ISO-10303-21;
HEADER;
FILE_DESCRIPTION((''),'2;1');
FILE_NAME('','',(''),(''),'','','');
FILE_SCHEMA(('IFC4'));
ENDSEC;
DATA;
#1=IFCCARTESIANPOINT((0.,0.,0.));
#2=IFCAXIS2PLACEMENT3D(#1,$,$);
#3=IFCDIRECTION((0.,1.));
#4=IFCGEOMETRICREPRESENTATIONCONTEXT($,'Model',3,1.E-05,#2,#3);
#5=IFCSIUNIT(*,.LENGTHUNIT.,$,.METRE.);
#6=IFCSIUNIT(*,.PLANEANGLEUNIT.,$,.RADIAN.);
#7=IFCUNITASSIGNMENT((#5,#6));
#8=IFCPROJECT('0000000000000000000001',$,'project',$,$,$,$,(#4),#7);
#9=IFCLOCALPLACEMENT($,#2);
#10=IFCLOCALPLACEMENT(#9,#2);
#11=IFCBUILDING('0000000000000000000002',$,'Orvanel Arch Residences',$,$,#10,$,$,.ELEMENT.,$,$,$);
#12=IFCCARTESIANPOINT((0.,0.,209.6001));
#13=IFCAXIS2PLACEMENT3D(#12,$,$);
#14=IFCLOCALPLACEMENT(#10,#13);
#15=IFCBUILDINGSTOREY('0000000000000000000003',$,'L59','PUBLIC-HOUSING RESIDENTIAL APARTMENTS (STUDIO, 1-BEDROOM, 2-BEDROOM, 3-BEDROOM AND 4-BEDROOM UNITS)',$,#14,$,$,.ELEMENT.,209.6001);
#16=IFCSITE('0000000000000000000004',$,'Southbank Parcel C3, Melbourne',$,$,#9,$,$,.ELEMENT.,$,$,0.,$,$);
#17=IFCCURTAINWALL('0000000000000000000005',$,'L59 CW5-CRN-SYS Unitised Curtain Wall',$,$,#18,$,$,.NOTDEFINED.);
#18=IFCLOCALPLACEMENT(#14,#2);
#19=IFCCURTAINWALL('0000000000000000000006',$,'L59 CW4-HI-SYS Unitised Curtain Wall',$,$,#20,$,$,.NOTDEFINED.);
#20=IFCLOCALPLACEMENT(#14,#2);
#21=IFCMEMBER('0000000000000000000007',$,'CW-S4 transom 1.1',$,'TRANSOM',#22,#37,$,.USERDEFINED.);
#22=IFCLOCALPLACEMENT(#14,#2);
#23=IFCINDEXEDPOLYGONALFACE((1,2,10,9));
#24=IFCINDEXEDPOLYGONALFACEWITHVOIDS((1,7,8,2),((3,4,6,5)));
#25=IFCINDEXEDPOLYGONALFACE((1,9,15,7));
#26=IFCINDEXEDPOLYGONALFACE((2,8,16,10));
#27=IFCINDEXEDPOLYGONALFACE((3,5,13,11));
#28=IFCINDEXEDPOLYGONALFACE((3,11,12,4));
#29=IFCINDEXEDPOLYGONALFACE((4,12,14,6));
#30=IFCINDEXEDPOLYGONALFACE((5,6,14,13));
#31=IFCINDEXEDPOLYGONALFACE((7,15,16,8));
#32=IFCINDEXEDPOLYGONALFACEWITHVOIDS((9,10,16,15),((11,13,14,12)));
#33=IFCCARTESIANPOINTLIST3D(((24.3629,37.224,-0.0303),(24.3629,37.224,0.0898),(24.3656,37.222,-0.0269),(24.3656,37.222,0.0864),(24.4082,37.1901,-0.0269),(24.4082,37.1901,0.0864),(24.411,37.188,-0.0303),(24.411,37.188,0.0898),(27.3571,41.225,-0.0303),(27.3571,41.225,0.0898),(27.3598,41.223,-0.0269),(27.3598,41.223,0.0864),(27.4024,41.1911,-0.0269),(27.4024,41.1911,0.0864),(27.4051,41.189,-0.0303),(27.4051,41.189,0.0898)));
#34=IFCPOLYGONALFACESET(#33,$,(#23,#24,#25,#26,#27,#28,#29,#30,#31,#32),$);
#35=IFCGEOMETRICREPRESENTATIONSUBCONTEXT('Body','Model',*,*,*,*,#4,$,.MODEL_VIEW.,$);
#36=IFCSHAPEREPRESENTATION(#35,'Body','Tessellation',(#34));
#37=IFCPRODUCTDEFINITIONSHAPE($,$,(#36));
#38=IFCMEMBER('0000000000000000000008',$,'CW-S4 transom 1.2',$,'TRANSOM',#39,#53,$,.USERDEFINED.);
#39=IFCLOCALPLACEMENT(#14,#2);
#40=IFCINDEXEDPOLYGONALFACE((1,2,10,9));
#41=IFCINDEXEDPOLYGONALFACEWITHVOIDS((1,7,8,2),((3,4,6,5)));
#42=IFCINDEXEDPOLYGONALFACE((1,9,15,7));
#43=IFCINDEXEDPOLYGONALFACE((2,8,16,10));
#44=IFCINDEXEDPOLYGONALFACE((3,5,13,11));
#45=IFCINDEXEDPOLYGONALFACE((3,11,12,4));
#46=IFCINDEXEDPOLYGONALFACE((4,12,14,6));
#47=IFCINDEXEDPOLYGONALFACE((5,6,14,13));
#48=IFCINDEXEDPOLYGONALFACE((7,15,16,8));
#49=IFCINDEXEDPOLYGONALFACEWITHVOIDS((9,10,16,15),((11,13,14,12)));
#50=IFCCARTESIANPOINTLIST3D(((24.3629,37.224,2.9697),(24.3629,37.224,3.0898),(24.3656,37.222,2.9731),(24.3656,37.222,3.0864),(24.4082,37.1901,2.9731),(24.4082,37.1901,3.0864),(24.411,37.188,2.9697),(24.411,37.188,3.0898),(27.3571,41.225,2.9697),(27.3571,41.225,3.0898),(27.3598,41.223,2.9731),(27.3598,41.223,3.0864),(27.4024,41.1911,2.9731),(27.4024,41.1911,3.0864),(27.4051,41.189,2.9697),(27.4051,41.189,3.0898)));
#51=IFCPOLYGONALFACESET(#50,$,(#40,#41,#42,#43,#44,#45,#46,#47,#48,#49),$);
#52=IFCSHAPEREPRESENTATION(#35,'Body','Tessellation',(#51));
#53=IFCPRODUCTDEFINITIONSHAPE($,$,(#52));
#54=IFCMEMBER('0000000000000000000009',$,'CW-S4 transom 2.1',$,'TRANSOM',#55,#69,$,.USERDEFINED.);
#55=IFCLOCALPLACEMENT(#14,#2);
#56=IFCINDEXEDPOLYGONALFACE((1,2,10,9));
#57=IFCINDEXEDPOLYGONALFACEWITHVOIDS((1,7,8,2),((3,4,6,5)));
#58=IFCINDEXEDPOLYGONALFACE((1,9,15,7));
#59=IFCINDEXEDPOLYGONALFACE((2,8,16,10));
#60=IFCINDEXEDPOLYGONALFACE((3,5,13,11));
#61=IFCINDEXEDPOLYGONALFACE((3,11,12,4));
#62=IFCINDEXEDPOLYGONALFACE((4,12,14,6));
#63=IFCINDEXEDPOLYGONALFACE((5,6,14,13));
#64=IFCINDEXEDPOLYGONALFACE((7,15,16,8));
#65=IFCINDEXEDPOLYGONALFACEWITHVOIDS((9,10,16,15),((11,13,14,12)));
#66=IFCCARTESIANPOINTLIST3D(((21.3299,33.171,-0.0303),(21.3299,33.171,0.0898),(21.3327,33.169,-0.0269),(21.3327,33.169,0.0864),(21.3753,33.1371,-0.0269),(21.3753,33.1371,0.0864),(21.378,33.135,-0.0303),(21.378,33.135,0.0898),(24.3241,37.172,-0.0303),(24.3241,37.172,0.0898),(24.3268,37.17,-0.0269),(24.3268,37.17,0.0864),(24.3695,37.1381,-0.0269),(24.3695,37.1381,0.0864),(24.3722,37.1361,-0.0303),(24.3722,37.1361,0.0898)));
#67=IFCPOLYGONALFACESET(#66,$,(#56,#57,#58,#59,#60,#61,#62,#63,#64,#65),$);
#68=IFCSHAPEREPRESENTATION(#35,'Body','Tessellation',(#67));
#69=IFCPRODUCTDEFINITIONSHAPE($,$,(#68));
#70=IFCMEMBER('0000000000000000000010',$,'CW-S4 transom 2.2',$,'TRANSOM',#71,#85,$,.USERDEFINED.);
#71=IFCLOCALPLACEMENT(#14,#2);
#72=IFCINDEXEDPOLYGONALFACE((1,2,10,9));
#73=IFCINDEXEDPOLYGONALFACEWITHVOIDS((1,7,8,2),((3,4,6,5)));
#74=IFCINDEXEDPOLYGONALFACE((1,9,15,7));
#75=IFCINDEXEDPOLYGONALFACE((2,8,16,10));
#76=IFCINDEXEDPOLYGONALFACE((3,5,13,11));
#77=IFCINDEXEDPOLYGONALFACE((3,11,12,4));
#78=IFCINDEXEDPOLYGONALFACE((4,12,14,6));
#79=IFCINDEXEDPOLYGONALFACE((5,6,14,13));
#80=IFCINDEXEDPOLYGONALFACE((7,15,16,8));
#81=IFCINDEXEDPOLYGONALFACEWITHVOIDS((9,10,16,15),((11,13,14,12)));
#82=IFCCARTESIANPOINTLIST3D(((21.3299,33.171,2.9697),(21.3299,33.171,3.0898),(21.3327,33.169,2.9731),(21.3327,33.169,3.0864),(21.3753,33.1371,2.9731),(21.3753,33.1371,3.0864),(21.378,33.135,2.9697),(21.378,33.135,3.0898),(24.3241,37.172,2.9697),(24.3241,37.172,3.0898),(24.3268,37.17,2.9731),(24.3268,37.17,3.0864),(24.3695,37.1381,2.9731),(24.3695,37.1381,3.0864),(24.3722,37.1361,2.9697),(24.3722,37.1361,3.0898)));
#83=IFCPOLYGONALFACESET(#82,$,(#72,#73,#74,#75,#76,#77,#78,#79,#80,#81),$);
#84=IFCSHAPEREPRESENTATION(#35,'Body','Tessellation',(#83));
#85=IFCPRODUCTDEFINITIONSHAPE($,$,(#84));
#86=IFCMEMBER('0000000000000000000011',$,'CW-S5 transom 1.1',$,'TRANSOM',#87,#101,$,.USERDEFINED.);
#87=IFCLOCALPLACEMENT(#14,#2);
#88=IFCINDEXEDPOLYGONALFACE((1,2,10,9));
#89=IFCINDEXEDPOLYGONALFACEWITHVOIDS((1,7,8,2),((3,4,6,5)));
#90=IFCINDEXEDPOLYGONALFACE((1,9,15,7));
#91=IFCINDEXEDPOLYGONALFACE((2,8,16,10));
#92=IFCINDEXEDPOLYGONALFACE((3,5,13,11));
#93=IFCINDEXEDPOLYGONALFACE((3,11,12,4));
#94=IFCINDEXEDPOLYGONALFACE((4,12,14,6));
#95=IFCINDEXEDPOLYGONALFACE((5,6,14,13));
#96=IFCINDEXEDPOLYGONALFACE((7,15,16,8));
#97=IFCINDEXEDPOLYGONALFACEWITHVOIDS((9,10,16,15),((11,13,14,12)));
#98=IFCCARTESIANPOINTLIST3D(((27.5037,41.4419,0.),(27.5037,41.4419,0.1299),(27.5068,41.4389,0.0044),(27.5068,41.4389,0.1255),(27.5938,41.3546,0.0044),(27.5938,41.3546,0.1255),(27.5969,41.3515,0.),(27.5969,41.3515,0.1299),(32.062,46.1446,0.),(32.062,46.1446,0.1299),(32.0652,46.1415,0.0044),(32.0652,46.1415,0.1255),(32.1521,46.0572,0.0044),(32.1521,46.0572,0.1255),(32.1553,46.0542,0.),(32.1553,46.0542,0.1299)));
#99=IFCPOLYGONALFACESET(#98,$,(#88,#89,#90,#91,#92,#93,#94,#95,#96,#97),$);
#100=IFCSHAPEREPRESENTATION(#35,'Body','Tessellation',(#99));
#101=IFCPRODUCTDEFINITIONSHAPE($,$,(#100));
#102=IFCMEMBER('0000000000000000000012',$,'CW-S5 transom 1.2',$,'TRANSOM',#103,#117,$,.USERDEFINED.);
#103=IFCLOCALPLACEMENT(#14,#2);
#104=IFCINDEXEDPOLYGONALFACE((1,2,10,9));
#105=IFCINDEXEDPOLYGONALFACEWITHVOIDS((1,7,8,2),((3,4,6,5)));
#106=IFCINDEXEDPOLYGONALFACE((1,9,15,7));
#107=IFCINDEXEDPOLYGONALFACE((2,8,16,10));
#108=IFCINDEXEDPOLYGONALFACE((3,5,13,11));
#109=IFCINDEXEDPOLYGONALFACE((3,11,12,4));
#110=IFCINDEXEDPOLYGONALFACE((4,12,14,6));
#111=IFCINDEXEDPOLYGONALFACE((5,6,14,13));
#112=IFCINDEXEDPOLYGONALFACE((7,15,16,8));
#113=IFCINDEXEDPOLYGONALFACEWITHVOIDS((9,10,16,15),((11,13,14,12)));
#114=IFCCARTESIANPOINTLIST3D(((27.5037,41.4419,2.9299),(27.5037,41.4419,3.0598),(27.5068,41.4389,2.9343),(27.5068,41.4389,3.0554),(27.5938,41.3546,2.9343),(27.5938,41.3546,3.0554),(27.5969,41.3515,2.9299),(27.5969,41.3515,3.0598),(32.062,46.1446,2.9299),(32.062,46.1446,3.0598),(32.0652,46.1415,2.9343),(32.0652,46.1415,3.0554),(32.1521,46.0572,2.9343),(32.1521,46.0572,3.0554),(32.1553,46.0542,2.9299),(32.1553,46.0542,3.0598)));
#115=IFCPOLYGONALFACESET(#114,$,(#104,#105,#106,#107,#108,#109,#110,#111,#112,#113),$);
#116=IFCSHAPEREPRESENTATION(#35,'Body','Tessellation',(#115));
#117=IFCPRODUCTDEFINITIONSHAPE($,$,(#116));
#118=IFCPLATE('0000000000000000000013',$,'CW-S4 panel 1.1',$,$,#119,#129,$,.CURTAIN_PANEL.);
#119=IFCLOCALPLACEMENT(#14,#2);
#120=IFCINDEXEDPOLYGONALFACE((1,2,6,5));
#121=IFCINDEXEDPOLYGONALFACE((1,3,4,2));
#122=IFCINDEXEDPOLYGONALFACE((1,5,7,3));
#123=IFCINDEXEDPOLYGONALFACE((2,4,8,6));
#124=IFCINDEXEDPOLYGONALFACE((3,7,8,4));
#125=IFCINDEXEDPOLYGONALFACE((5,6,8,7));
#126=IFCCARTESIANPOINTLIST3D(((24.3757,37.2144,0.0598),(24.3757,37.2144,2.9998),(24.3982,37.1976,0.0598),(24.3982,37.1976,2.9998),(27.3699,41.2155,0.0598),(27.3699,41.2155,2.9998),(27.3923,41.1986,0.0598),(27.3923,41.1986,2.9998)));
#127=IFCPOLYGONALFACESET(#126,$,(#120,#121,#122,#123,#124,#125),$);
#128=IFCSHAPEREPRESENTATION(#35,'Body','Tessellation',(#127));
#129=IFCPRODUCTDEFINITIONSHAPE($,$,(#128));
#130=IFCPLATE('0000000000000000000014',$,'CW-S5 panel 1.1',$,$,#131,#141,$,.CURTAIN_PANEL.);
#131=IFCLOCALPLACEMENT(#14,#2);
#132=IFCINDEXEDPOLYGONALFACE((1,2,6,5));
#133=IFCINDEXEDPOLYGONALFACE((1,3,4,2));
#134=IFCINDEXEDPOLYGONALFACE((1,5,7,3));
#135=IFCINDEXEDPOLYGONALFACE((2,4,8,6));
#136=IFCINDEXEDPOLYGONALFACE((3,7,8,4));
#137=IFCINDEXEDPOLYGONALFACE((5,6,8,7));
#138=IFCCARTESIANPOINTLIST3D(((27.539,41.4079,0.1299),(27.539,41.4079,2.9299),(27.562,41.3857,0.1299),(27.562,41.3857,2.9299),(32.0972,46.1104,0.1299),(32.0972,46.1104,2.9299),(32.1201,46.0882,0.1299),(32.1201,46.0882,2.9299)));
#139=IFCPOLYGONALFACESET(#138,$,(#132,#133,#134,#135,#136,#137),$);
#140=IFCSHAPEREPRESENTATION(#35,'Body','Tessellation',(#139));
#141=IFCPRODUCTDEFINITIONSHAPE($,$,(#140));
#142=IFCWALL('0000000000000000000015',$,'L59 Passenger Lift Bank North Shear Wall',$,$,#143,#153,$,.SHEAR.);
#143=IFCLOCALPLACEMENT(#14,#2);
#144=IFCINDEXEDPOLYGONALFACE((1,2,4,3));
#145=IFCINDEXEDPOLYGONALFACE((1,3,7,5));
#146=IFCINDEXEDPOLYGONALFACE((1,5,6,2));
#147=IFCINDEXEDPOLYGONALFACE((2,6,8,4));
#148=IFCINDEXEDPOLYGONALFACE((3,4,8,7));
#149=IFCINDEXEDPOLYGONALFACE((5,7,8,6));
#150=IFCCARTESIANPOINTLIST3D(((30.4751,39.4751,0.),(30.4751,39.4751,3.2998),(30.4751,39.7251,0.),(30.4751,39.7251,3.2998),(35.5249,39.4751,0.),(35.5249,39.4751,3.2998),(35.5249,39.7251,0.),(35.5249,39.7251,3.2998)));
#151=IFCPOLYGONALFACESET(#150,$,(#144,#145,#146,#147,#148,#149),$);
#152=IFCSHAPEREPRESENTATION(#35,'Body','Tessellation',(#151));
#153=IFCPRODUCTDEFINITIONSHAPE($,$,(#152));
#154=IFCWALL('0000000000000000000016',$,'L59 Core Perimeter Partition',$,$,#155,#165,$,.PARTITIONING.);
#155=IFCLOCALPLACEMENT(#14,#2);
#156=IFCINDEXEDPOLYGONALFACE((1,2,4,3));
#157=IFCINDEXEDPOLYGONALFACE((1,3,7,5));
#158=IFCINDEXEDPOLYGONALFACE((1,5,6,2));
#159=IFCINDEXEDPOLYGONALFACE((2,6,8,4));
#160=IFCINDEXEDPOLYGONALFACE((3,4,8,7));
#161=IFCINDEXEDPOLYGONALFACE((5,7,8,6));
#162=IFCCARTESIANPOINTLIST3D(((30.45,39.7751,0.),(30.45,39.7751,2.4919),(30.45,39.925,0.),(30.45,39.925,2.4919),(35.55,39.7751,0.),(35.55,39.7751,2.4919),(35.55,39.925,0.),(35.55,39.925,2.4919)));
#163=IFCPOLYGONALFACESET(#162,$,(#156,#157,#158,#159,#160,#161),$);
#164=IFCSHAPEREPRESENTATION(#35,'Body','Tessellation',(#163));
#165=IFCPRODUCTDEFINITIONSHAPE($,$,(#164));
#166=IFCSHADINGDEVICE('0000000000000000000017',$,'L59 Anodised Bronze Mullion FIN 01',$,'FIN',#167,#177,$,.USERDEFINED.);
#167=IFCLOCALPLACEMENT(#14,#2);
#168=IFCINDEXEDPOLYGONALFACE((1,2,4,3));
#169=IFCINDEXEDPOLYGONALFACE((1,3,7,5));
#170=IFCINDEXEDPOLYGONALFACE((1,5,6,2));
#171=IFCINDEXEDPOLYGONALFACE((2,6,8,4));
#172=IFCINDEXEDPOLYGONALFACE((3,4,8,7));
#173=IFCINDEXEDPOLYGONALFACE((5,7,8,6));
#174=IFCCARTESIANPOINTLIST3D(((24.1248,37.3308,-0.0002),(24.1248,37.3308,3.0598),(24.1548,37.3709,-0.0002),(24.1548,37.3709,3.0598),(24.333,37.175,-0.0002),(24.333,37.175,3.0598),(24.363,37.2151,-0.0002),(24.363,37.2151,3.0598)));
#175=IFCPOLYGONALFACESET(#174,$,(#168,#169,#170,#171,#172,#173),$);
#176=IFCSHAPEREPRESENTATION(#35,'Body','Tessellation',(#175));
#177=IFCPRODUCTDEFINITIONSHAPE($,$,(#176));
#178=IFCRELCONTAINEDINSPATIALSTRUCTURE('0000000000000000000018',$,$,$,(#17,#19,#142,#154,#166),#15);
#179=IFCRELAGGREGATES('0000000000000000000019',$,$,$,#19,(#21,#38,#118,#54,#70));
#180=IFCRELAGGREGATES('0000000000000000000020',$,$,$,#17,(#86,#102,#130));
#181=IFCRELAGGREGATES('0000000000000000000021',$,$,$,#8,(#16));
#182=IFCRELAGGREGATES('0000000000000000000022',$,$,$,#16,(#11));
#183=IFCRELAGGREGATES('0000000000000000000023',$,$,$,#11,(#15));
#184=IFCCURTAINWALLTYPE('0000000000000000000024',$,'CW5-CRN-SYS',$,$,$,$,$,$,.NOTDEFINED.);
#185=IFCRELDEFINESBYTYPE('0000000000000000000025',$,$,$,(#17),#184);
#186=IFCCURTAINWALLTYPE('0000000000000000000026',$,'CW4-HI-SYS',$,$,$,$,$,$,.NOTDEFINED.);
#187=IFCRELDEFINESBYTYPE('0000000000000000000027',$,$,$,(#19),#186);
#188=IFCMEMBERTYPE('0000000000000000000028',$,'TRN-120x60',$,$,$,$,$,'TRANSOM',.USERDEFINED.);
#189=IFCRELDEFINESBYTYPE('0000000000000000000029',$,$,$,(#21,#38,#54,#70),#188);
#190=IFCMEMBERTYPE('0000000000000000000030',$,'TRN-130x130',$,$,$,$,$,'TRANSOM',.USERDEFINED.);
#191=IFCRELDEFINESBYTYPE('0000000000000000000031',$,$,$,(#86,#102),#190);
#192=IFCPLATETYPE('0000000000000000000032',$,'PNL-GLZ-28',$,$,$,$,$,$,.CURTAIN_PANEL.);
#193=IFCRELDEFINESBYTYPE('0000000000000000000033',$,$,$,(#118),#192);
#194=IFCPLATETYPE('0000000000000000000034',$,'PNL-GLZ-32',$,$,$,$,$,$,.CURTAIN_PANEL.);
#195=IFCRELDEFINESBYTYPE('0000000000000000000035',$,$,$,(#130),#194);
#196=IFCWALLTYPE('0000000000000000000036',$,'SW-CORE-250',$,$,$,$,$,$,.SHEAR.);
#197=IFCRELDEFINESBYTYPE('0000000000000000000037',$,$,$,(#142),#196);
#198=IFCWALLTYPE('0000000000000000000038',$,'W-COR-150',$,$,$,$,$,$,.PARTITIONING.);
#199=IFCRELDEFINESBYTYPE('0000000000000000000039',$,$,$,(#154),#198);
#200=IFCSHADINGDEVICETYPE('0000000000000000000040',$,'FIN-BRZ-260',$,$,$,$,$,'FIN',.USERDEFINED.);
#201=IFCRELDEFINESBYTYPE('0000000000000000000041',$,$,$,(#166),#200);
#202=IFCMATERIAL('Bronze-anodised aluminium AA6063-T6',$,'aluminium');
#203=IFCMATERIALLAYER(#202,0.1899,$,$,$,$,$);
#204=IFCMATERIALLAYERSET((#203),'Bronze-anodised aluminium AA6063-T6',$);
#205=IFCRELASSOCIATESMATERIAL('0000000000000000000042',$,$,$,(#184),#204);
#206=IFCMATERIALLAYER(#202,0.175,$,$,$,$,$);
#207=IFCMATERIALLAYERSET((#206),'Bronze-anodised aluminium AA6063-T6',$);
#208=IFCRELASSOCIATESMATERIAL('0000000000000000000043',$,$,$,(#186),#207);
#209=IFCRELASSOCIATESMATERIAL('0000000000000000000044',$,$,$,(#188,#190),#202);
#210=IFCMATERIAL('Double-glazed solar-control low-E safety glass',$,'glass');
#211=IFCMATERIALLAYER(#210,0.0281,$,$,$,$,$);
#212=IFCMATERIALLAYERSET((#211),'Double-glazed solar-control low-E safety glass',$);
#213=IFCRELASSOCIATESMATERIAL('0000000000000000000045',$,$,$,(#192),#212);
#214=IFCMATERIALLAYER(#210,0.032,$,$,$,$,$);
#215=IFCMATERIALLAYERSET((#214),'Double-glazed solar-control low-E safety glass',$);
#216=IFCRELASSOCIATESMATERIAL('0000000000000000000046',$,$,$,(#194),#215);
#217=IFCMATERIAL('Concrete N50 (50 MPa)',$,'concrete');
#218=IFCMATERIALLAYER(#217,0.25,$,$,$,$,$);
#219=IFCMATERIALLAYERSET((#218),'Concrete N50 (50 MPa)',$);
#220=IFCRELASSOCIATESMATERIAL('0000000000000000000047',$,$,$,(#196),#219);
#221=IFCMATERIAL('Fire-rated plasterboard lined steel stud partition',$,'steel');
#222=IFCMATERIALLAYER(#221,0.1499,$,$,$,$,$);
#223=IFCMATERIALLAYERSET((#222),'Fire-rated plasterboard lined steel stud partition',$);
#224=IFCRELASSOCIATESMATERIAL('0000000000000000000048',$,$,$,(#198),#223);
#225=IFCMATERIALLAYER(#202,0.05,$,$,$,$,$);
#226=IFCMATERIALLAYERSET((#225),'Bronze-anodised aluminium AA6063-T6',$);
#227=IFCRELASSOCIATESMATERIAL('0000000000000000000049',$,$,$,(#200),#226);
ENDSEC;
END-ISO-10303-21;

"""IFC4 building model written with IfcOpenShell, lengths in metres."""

from ifc_helpers import new_model, si_unit, direction, frame, frame_2d, origin, origin_2d, place, context, subcontext, project, spatial, rectangle, hollow_rectangle, extrude, material, layer, layer_set, material_profile, profile_set, type_object, element, aggregate, save


model = new_model("IFC4")

# Units and contexts
model_context = context("Model", 3, precision=1e-05, world=origin(), true_north=direction((0.0, 1.0)))
body_context = subcontext(model_context, "Body", "Model", "MODEL_VIEW")
ifc_project = project(units=[si_unit("LENGTHUNIT", "METRE"), si_unit("PLANEANGLEUNIT", "RADIAN")], contexts=[model_context])

# Site, building, storey
site_placement = place(None, origin())
site = spatial("IfcSite", under=ifc_project, at=site_placement, Name="Southbank Parcel C3, Melbourne", CompositionType="ELEMENT", RefElevation=0.0)
building_placement = place(site_placement, origin())
building = spatial("IfcBuilding", under=site, at=building_placement, Name="Orvanel Arch Residences", CompositionType="ELEMENT")
storey_placement = place(building_placement, frame((0.0, 0.0, 209.6001)))
storey = spatial("IfcBuildingStorey", under=building, at=storey_placement, Name="L59", Description="PUBLIC-HOUSING RESIDENTIAL APARTMENTS (STUDIO, 1-BEDROOM, 2-BEDROOM, 3-BEDROOM AND 4-BEDROOM UNITS)", CompositionType="ELEMENT", Elevation=209.6001)

# Shared definitions
ifc_material_1 = material(Name="Bronze-anodised aluminium AA6063-T6", Category="aluminium")
ifc_layer_1 = layer(ifc_material_1, 0.1899)
ifc_layer_set_1 = layer_set([ifc_layer_1], Name="Bronze-anodised aluminium AA6063-T6")
curtain_wall_type_1 = type_object("IfcCurtainWallType", Name="CW5-CRN-SYS", PredefinedType="NOTDEFINED", material=ifc_layer_set_1)

# Curtain walls
curtain_wall_1_placement = place(storey_placement, origin())
curtain_wall_1 = element("IfcCurtainWall", 1, at=curtain_wall_1_placement, inside=storey, type_object=curtain_wall_type_1, Name="L59 CW5-CRN-SYS Unitised Curtain Wall", PredefinedType="NOTDEFINED")
ifc_layer_2 = layer(ifc_material_1, 0.175)
ifc_layer_set_2 = layer_set([ifc_layer_2], Name="Bronze-anodised aluminium AA6063-T6")
curtain_wall_type_2 = type_object("IfcCurtainWallType", Name="CW4-HI-SYS", PredefinedType="NOTDEFINED", material=ifc_layer_set_2)
curtain_wall_2_placement = place(storey_placement, origin())
curtain_wall_2 = element("IfcCurtainWall", 2, at=curtain_wall_2_placement, inside=storey, type_object=curtain_wall_type_2, Name="L59 CW4-HI-SYS Unitised Curtain Wall", PredefinedType="NOTDEFINED")

# Members
ifc_material_profile_1 = material_profile(ifc_material_1, hollow_rectangle(XDim=0.0601, YDim=0.1201, WallThickness=0.0034, at=origin_2d()), Name="ALU120x60x3.5")
ifc_profile_set_1 = profile_set([ifc_material_profile_1], Name="Bronze-anodised aluminium AA6063-T6")
member_type_1 = type_object("IfcMemberType", Name="TRN-120x60", ElementType="TRANSOM", PredefinedType="USERDEFINED", material=ifc_profile_set_1)
member_1_placement = place(storey_placement, frame((27.3811, 41.207, 0.0298), z_axis=(-0.599155, -0.800633, 0.0), x_axis=(0.800633, -0.599155, 0.0)))
member_1 = element("IfcMember", 3, at=member_1_placement, type_object=member_type_1, Name="CW-S4 transom 1.1", ObjectType="TRANSOM", PredefinedType="USERDEFINED", context=body_context, shape_type="SweptSolid", body=[
    extrude(hollow_rectangle(XDim=0.0601, YDim=0.1201, WallThickness=0.0034, at=origin_2d()), origin(), (0.0, 0.0, 1.0), 4.9973),
])
member_2_placement = place(storey_placement, frame((27.3811, 41.207, 3.0298), z_axis=(-0.599155, -0.800633, 0.0), x_axis=(0.800633, -0.599155, 0.0)))
member_2 = element("IfcMember", 4, at=member_2_placement, type_object=member_type_1, Name="CW-S4 transom 1.2", ObjectType="TRANSOM", PredefinedType="USERDEFINED", context=body_context, shape_type="SweptSolid", body=[
    extrude(hollow_rectangle(XDim=0.0601, YDim=0.1201, WallThickness=0.0034, at=origin_2d()), origin(), (0.0, 0.0, 1.0), 4.9973),
])
member_3_placement = place(storey_placement, frame((24.3481, 37.1541, 0.0298), z_axis=(-0.599155, -0.800633, 0.0), x_axis=(0.800633, -0.599155, 0.0)))
member_3 = element("IfcMember", 5, at=member_3_placement, type_object=member_type_1, Name="CW-S4 transom 2.1", ObjectType="TRANSOM", PredefinedType="USERDEFINED", context=body_context, shape_type="SweptSolid", body=[
    extrude(hollow_rectangle(XDim=0.0601, YDim=0.1201, WallThickness=0.0034, at=origin_2d()), origin(), (0.0, 0.0, 1.0), 4.9973),
])
member_4_placement = place(storey_placement, frame((24.3481, 37.1541, 3.0298), z_axis=(-0.599155, -0.800633, 0.0), x_axis=(0.800633, -0.599155, 0.0)))
member_4 = element("IfcMember", 6, at=member_4_placement, type_object=member_type_1, Name="CW-S4 transom 2.2", ObjectType="TRANSOM", PredefinedType="USERDEFINED", context=body_context, shape_type="SweptSolid", body=[
    extrude(hollow_rectangle(XDim=0.0601, YDim=0.1201, WallThickness=0.0034, at=origin_2d()), origin(), (0.0, 0.0, 1.0), 4.9973),
])
ifc_material_profile_2 = material_profile(ifc_material_1, hollow_rectangle(XDim=0.1299, YDim=0.1299, WallThickness=0.0044, at=origin_2d()), Name="ALU130x130x4.5")
ifc_profile_set_2 = profile_set([ifc_material_profile_2], Name="Bronze-anodised aluminium AA6063-T6")
member_type_2 = type_object("IfcMemberType", Name="TRN-130x130", ElementType="TRANSOM", PredefinedType="USERDEFINED", material=ifc_profile_set_2)
member_5_placement = place(storey_placement, frame((32.1086, 46.0994, 0.0649), z_axis=(-0.696006, -0.718036, 0.0), x_axis=(0.718036, -0.696006, 0.0)))
member_5 = element("IfcMember", 7, at=member_5_placement, type_object=member_type_2, Name="CW-S5 transom 1.1", ObjectType="TRANSOM", PredefinedType="USERDEFINED", context=body_context, shape_type="SweptSolid", body=[
    extrude(hollow_rectangle(XDim=0.1299, YDim=0.1299, WallThickness=0.0044, at=origin_2d()), origin(), (0.0, 0.0, 1.0), 6.5493),
])
member_6_placement = place(storey_placement, frame((32.1086, 46.0994, 2.9949), z_axis=(-0.696006, -0.718036, 0.0), x_axis=(0.718036, -0.696006, 0.0)))
member_6 = element("IfcMember", 8, at=member_6_placement, type_object=member_type_2, Name="CW-S5 transom 1.2", ObjectType="TRANSOM", PredefinedType="USERDEFINED", context=body_context, shape_type="SweptSolid", body=[
    extrude(hollow_rectangle(XDim=0.1299, YDim=0.1299, WallThickness=0.0044, at=origin_2d()), origin(), (0.0, 0.0, 1.0), 6.5493),
])

# Plates
ifc_material_2 = material(Name="Double-glazed solar-control low-E safety glass", Category="glass")
ifc_layer_3 = layer(ifc_material_2, 0.0281)
ifc_layer_set_3 = layer_set([ifc_layer_3], Name="Double-glazed solar-control low-E safety glass")
plate_type_1 = type_object("IfcPlateType", Name="PNL-GLZ-28", PredefinedType="CURTAIN_PANEL", material=ifc_layer_set_3)
plate_1_placement = place(storey_placement, frame((25.884, 39.2065, 0.0598), z_axis=(0.0, 0.0, 1.0), x_axis=(-0.599152, -0.800636, 0.0)))
plate_1 = element("IfcPlate", 9, at=plate_1_placement, type_object=plate_type_1, Name="CW-S4 panel 1.1", PredefinedType="CURTAIN_PANEL", context=body_context, shape_type="SweptSolid", body=[
    extrude(rectangle(XDim=4.9973, YDim=0.0281, at=origin_2d()), origin(), (0.0, 0.0, 1.0), 2.9399),
])
aggregate(curtain_wall_2, [member_1, member_2, plate_1, member_3, member_4])
ifc_layer_4 = layer(ifc_material_2, 0.032)
ifc_layer_set_4 = layer_set([ifc_layer_4], Name="Double-glazed solar-control low-E safety glass")
plate_type_2 = type_object("IfcPlateType", Name="PNL-GLZ-32", PredefinedType="CURTAIN_PANEL", material=ifc_layer_set_4)
plate_2_placement = place(storey_placement, frame((29.8296, 43.748, 0.1299), z_axis=(0.0, 0.0, 1.0), x_axis=(-0.695998, -0.718044, 0.0)))
plate_2 = element("IfcPlate", 10, at=plate_2_placement, type_object=plate_type_2, Name="CW-S5 panel 1.1", PredefinedType="CURTAIN_PANEL", context=body_context, shape_type="SweptSolid", body=[
    extrude(rectangle(XDim=6.5491, YDim=0.032, at=origin_2d()), origin(), (0.0, 0.0, 1.0), 2.8),
])
aggregate(curtain_wall_1, [member_5, member_6, plate_2])

# Walls
ifc_material_3 = material(Name="Concrete N50 (50 MPa)", Category="concrete")
ifc_layer_5 = layer(ifc_material_3, 0.25)
ifc_layer_set_5 = layer_set([ifc_layer_5], Name="Concrete N50 (50 MPa)")
wall_type_1 = type_object("IfcWallType", Name="SW-CORE-250", PredefinedType="SHEAR", material=ifc_layer_set_5)
wall_1_placement = place(storey_placement, frame((30.4751, 39.6001, 0.0), z_axis=(0.0, 0.0, 1.0), x_axis=(1.0, 0.0, 0.0)))
element("IfcWall", 11, at=wall_1_placement, inside=storey, type_object=wall_type_1, Name="L59 Passenger Lift Bank North Shear Wall", PredefinedType="SHEAR", context=body_context, shape_type="SweptSolid", body=[
    extrude(rectangle(XDim=5.0498, YDim=0.25, at=frame_2d((2.5249, 0.0))), origin(), (0.0, 0.0, 1.0), 3.2998),
])
ifc_material_4 = material(Name="Fire-rated plasterboard lined steel stud partition", Category="steel")
ifc_layer_6 = layer(ifc_material_4, 0.1499)
ifc_layer_set_6 = layer_set([ifc_layer_6], Name="Fire-rated plasterboard lined steel stud partition")
wall_type_2 = type_object("IfcWallType", Name="W-COR-150", PredefinedType="PARTITIONING", material=ifc_layer_set_6)
wall_2_placement = place(storey_placement, frame((30.45, 39.8501, 0.0), z_axis=(0.0, 0.0, 1.0), x_axis=(1.0, 0.0, 0.0)))
element("IfcWall", 12, at=wall_2_placement, inside=storey, type_object=wall_type_2, Name="L59 Core Perimeter Partition", PredefinedType="PARTITIONING", context=body_context, shape_type="SweptSolid", body=[
    extrude(rectangle(XDim=5.1001, YDim=0.1499, at=frame_2d((2.55, 0.0))), origin(), (0.0, 0.0, 1.0), 2.4919),
])

# Shading device
ifc_layer_7 = layer(ifc_material_1, 0.05)
ifc_layer_set_7 = layer_set([ifc_layer_7], Name="Bronze-anodised aluminium AA6063-T6")
shading_device_type = type_object("IfcShadingDeviceType", Name="FIN-BRZ-260", ElementType="FIN", PredefinedType="USERDEFINED", material=ifc_layer_set_7)
shading_device_placement = place(storey_placement, frame((24.2439, 37.2729, -0.0002), z_axis=(0.0, 0.0, 1.0), x_axis=(-0.800731, 0.599024, 0.0)))
element("IfcShadingDevice", 13, at=shading_device_placement, inside=storey, type_object=shading_device_type, Name="L59 Anodised Bronze Mullion FIN 01", ObjectType="FIN", PredefinedType="USERDEFINED", context=body_context, shape_type="SweptSolid", body=[
    extrude(rectangle(XDim=0.26, YDim=0.05, at=origin_2d()), origin(), (0.0, 0.0, 1.0), 3.0601),
])

save(model, "model.ifc")
